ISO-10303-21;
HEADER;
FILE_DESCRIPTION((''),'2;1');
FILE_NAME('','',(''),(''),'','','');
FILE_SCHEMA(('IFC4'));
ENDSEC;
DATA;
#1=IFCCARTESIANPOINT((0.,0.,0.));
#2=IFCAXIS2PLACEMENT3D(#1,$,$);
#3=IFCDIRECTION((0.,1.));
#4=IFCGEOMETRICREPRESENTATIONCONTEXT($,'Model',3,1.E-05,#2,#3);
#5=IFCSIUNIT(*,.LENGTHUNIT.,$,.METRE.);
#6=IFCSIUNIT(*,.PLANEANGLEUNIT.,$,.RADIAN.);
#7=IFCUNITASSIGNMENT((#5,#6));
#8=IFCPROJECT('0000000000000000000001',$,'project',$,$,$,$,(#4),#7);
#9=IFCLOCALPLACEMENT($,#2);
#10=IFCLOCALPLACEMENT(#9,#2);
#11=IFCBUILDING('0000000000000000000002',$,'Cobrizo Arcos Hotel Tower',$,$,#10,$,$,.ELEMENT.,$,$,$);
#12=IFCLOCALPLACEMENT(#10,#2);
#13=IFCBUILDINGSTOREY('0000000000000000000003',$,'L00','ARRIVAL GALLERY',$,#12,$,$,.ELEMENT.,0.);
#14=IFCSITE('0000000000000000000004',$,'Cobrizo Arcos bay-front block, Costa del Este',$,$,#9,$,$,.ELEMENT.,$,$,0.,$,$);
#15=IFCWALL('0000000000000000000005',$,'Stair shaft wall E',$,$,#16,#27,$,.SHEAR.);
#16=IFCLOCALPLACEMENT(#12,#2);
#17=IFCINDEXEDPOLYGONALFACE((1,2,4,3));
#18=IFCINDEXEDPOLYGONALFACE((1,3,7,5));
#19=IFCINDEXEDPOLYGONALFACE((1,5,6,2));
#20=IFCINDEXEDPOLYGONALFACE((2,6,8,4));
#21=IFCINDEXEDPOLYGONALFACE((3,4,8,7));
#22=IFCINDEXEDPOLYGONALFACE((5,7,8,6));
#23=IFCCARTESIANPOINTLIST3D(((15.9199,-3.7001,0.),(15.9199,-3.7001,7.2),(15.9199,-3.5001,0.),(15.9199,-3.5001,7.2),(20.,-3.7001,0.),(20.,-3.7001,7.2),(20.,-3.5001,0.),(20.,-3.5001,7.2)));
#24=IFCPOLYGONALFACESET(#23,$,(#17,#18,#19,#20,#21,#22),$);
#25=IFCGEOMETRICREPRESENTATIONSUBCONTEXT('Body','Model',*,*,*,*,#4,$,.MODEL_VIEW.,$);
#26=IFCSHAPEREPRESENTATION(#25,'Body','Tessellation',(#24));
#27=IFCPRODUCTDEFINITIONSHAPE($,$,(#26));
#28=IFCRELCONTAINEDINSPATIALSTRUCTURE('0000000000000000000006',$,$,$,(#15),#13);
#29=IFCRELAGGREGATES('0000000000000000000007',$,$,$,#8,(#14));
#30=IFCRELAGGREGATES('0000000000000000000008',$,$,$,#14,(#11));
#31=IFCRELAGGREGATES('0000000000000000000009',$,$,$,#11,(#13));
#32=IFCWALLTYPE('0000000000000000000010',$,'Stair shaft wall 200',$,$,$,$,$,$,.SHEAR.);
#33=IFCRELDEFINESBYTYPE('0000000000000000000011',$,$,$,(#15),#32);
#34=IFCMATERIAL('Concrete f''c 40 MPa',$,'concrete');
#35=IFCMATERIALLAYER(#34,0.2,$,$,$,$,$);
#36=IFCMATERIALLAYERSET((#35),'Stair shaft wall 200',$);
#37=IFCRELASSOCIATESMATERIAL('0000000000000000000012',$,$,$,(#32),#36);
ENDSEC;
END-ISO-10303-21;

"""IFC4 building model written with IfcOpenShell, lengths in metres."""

from ifc_helpers import new_model, si_unit, direction, frame, frame_2d, origin, place, context, subcontext, project, spatial, rectangle, extrude, material, layer, layer_set, type_object, element, save


model = new_model("IFC4")

# Units and contexts
model_context = context("Model", 3, precision=1e-05, world=origin(), true_north=direction((0.0, 1.0)))
body_context = subcontext(model_context, "Body", "Model", "MODEL_VIEW")
ifc_project = project(units=[si_unit("LENGTHUNIT", "METRE"), si_unit("PLANEANGLEUNIT", "RADIAN")], contexts=[model_context])

# Site, building, storey
site_placement = place(None, origin())
site = spatial("IfcSite", under=ifc_project, at=site_placement, Name="Cobrizo Arcos bay-front block, Costa del Este", CompositionType="ELEMENT", RefElevation=0.0)
building_placement = place(site_placement, origin())
building = spatial("IfcBuilding", under=site, at=building_placement, Name="Cobrizo Arcos Hotel Tower", CompositionType="ELEMENT")
storey_placement = place(building_placement, origin())
storey = spatial("IfcBuildingStorey", under=building, at=storey_placement, Name="L00", Description="ARRIVAL GALLERY", CompositionType="ELEMENT", Elevation=0.0)

# Wall
ifc_material_1 = material(Name="Concrete f'c 40 MPa", Category="concrete")
ifc_layer_1 = layer(ifc_material_1, 0.2)
ifc_layer_set_1 = layer_set([ifc_layer_1], Name="Stair shaft wall 200")
wall_type_1 = type_object("IfcWallType", Name="Stair shaft wall 200", PredefinedType="SHEAR", material=ifc_layer_set_1)
wall_1_placement = place(storey_placement, frame((15.9199, -3.6001, 0.0), z_axis=(0.0, 0.0, 1.0), x_axis=(1.0, 0.0, 0.0)))
element("IfcWall", 1, at=wall_1_placement, inside=storey, type_object=wall_type_1, Name="Stair shaft wall E", PredefinedType="SHEAR", context=body_context, shape_type="SweptSolid", body=[
    extrude(rectangle(XDim=4.0801, YDim=0.2, at=frame_2d((2.04, 0.0))), origin(), (0.0, 0.0, 1.0), 7.2),
])

save(model, "model.ifc")
